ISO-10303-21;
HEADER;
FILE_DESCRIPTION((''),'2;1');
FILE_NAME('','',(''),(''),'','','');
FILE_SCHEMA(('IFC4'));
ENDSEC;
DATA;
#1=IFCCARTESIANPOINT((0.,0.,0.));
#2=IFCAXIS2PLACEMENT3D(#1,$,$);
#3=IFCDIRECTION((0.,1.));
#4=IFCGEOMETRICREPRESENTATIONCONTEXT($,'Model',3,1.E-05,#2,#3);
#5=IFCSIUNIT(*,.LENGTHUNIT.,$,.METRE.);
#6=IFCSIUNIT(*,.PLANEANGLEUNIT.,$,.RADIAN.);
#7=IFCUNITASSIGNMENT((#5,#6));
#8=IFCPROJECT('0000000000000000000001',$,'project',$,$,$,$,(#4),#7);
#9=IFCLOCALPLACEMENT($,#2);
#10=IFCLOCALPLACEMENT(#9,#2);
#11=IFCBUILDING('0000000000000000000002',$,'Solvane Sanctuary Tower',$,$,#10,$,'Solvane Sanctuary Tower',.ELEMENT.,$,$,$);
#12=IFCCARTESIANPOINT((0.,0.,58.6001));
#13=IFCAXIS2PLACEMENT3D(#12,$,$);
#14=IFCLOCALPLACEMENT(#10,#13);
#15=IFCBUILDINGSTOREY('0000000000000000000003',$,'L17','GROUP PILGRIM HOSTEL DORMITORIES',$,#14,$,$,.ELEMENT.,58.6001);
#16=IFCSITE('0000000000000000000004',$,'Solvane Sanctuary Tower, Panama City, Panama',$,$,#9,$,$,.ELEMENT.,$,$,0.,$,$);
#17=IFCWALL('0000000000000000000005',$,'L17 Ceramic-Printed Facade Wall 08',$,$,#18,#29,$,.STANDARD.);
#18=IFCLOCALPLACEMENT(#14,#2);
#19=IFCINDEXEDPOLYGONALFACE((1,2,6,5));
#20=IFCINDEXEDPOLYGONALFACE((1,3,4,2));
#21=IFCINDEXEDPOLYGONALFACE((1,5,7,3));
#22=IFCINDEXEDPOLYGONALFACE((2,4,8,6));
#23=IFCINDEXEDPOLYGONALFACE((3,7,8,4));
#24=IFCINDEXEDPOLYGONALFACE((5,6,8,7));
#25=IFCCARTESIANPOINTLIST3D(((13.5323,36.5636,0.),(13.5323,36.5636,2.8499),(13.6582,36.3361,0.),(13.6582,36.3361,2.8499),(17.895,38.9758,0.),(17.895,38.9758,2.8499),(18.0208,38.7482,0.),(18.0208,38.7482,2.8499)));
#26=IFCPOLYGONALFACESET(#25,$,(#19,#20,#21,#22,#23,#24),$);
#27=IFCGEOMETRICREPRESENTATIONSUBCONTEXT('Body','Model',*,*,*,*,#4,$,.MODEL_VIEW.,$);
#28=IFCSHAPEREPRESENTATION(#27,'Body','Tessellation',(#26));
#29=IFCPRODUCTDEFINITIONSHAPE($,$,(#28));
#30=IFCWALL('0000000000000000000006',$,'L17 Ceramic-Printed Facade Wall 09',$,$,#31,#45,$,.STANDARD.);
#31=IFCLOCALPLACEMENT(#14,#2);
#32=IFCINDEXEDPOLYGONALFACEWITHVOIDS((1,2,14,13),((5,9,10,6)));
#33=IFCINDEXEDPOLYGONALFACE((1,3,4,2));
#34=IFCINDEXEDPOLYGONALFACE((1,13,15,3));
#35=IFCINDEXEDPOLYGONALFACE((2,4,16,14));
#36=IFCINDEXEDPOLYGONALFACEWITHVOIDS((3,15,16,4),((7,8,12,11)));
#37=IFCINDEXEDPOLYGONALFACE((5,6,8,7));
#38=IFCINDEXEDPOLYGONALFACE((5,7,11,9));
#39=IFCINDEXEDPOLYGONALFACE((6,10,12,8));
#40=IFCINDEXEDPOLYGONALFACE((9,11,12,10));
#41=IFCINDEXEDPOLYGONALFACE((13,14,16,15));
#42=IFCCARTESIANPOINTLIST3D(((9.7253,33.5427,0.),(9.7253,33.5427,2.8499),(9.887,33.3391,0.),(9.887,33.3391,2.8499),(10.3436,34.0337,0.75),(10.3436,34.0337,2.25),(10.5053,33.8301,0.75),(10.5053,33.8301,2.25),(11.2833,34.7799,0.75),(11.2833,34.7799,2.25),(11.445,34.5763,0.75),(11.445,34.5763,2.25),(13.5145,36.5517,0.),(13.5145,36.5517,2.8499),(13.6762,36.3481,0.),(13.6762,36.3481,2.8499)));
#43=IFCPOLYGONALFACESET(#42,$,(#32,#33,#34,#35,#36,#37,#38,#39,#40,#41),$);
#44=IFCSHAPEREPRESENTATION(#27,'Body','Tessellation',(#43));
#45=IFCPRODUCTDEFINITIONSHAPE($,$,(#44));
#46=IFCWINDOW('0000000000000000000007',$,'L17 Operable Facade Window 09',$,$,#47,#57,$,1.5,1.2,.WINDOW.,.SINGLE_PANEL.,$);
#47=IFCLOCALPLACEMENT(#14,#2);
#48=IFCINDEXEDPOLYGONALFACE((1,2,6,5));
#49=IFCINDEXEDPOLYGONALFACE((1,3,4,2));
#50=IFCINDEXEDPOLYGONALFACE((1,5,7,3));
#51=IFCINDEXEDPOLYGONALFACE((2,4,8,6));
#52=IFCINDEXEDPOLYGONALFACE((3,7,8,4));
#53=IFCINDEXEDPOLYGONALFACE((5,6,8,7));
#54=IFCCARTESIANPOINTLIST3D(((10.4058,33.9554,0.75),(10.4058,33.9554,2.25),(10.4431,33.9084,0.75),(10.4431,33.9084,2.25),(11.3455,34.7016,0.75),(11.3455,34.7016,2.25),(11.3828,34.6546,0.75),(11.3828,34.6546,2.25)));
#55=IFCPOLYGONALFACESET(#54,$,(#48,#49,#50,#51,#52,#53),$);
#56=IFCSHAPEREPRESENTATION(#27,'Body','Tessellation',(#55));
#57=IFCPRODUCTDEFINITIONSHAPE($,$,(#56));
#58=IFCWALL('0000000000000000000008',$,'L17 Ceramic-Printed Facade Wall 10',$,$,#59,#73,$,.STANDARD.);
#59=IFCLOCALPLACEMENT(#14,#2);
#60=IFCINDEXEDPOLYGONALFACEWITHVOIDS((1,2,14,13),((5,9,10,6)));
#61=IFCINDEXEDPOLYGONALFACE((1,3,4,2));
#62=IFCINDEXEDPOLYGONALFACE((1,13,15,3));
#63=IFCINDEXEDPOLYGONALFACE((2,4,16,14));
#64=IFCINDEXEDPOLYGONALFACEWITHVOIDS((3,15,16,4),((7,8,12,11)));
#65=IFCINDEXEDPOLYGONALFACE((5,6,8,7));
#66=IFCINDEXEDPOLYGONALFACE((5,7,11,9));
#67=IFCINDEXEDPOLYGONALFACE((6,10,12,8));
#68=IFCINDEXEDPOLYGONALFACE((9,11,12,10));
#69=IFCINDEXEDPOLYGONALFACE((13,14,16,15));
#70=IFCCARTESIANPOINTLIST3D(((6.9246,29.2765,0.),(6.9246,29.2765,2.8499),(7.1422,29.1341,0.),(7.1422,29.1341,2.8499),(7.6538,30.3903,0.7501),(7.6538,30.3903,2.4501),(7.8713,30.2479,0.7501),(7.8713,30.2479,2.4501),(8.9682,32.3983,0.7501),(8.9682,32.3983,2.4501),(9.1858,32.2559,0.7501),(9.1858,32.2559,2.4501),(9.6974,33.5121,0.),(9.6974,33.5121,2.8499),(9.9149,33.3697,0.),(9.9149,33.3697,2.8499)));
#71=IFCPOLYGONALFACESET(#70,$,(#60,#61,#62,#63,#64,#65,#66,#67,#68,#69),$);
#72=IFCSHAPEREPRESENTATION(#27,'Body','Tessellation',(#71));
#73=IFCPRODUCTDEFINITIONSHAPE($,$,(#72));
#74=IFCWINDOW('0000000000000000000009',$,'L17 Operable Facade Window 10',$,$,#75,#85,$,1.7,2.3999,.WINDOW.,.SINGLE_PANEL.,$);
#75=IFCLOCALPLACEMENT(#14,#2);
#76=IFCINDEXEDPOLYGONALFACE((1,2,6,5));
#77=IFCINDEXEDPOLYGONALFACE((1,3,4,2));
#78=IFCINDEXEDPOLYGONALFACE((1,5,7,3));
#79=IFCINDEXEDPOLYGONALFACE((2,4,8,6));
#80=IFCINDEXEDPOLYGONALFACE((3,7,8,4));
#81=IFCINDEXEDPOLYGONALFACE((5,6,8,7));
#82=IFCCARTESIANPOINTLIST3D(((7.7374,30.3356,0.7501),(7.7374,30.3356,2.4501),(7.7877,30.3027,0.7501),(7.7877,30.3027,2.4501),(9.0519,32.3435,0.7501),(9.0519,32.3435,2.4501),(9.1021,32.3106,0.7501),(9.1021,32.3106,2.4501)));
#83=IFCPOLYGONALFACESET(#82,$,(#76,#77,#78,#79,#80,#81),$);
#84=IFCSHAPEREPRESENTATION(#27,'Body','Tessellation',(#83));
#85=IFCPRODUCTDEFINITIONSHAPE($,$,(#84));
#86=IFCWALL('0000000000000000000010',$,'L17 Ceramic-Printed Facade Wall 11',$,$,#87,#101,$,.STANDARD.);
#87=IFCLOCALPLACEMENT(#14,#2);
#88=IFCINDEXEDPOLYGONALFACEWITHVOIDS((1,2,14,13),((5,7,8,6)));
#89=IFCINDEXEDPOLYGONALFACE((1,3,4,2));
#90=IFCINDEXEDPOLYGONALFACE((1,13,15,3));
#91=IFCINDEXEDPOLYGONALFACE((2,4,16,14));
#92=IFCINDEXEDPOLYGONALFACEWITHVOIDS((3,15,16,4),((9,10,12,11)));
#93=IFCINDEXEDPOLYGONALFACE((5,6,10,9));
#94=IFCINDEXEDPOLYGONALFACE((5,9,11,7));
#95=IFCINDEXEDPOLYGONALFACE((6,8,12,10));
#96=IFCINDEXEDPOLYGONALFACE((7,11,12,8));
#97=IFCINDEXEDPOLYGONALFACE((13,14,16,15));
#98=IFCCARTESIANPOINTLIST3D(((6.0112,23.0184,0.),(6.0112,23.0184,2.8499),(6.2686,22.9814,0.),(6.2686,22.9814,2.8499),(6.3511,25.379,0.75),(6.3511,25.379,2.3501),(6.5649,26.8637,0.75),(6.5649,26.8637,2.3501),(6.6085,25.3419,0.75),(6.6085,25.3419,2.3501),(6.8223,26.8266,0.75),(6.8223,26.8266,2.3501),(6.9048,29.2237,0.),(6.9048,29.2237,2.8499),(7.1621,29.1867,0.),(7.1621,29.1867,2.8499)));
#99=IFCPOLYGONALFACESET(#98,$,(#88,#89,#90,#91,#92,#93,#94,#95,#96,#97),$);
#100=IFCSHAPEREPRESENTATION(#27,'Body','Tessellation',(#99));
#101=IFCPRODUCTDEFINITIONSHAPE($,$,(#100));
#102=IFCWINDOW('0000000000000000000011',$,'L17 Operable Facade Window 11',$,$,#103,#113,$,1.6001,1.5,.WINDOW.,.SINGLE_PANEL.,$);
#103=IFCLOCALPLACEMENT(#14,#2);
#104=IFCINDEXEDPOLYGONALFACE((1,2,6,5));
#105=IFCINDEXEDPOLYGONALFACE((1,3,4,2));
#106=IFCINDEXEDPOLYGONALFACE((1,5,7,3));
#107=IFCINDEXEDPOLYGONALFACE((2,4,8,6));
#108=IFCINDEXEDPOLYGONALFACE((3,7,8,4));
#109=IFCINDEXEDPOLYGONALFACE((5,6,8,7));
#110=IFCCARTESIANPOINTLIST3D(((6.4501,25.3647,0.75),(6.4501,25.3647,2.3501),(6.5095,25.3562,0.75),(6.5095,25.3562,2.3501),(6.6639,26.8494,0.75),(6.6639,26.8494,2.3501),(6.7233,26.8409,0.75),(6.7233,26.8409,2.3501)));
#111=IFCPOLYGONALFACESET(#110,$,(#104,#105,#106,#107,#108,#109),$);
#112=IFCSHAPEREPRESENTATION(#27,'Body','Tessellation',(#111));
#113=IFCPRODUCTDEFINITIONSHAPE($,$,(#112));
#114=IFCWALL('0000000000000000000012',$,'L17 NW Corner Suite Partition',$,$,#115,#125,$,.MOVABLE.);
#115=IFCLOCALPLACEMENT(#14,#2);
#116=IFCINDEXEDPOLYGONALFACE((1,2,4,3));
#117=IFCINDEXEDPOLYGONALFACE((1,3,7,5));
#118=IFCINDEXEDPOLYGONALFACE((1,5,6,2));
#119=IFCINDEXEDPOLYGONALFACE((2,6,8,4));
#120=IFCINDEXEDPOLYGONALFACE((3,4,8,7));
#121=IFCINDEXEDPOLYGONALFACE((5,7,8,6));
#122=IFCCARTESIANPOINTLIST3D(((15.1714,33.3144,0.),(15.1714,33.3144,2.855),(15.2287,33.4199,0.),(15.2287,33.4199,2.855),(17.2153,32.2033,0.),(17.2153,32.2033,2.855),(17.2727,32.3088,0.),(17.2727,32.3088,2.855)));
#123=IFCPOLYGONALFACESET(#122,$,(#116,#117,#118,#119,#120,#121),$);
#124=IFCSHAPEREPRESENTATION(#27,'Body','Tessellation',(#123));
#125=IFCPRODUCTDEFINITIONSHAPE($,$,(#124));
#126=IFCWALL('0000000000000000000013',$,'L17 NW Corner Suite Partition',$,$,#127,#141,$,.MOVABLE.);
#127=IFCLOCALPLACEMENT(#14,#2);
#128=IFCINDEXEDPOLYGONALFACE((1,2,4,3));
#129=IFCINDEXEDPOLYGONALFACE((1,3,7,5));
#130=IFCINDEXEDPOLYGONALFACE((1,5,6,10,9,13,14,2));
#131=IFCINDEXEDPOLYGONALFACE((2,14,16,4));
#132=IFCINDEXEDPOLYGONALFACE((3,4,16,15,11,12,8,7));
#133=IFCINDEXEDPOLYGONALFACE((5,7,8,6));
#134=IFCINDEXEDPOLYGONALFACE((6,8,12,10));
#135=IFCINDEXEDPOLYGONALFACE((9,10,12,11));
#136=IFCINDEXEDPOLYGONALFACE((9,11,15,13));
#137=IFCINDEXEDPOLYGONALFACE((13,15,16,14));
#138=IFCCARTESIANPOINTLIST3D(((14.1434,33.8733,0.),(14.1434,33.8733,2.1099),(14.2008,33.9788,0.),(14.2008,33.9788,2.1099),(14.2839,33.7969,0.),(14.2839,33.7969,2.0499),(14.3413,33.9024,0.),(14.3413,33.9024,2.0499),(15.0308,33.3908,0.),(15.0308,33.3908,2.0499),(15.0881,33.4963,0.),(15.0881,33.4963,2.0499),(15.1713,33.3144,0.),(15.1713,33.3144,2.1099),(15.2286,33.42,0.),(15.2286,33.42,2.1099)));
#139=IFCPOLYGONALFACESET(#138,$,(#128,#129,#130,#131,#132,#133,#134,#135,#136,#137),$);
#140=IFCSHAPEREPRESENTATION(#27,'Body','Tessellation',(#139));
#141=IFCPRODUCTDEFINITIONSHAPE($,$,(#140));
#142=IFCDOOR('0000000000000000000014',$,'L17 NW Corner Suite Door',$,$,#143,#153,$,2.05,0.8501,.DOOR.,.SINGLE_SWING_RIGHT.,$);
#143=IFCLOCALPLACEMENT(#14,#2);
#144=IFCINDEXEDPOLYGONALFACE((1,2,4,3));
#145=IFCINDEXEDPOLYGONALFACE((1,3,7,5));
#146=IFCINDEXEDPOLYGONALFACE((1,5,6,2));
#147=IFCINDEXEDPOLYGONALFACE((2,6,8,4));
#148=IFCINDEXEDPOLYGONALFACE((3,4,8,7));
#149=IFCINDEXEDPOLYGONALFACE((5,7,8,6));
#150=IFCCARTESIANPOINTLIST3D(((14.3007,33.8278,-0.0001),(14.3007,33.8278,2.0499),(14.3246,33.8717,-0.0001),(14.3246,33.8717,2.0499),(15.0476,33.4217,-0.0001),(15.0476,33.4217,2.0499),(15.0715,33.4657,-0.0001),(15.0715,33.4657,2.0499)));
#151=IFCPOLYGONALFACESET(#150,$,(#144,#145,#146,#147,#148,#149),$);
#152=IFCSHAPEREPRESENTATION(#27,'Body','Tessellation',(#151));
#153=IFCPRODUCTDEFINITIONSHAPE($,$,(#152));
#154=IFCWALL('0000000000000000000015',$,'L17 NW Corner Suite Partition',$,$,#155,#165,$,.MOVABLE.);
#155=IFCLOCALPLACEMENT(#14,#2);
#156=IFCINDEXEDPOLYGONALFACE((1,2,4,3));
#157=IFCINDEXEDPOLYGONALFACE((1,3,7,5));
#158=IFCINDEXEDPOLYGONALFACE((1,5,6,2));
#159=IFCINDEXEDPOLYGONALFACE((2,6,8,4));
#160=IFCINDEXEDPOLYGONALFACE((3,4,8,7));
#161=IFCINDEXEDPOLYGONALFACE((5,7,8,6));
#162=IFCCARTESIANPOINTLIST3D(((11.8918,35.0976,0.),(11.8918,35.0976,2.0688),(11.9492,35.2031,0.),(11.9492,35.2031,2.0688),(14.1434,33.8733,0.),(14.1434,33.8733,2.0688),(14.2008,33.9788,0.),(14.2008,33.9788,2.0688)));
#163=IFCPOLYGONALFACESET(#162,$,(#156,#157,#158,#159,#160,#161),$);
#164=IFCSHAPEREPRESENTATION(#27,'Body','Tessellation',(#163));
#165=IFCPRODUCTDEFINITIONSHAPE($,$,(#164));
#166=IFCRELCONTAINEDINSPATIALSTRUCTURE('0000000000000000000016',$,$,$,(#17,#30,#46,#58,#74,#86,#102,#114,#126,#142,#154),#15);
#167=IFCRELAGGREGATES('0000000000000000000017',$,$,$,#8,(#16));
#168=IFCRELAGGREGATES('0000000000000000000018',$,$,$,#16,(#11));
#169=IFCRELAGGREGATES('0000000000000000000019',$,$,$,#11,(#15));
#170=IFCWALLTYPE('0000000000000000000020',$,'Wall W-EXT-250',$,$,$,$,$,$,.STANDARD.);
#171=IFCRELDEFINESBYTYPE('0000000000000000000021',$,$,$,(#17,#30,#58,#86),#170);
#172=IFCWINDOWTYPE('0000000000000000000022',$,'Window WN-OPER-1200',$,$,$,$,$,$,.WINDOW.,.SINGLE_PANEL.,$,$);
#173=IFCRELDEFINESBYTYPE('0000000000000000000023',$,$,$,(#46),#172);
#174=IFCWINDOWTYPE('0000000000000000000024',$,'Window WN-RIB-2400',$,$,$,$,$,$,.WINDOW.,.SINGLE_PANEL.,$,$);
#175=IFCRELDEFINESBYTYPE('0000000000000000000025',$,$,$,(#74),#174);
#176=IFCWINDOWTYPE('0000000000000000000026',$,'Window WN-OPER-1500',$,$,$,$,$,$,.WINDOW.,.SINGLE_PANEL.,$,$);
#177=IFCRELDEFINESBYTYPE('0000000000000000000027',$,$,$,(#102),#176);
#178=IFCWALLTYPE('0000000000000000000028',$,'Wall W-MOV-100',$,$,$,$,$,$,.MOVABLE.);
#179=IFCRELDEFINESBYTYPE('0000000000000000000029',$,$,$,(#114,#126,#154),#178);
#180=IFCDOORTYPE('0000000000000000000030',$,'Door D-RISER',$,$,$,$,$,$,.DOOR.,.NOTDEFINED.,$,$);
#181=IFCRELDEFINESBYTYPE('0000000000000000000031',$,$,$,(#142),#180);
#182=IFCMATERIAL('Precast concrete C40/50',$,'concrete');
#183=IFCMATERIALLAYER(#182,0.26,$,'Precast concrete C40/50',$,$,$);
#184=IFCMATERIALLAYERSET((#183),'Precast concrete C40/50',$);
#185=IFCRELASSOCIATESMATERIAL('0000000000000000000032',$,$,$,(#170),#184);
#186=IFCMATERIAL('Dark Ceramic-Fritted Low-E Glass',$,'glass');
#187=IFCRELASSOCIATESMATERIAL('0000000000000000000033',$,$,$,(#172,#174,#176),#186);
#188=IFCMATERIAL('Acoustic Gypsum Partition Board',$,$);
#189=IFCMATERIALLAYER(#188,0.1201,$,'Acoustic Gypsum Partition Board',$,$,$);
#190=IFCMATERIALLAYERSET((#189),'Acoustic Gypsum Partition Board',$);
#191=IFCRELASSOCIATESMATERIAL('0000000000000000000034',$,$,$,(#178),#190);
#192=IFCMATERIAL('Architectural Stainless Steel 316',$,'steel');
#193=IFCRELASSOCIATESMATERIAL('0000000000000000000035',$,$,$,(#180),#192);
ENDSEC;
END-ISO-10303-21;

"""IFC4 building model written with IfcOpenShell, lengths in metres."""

from ifc_helpers import new_model, si_unit, direction, frame, frame_2d, origin, place, context, subcontext, project, spatial, rectangle, extrude, material, layer, layer_set, type_object, element, fill, save


model = new_model("IFC4")

# Units and contexts
model_context = context("Model", 3, precision=1e-05, world=origin(), true_north=direction((0.0, 1.0)))
body_context = subcontext(model_context, "Body", "Model", "MODEL_VIEW")
ifc_project = project(units=[si_unit("LENGTHUNIT", "METRE"), si_unit("PLANEANGLEUNIT", "RADIAN")], contexts=[model_context])

# Site, building, storey
site_placement = place(None, origin())
site = spatial("IfcSite", under=ifc_project, at=site_placement, Name="Solvane Sanctuary Tower, Panama City, Panama", CompositionType="ELEMENT", RefElevation=0.0)
building_placement = place(site_placement, origin())
building = spatial("IfcBuilding", under=site, at=building_placement, Name="Solvane Sanctuary Tower", LongName="Solvane Sanctuary Tower", CompositionType="ELEMENT")
storey_placement = place(building_placement, frame((0.0, 0.0, 58.6001)))
storey = spatial("IfcBuildingStorey", under=building, at=storey_placement, Name="L17", Description="GROUP PILGRIM HOSTEL DORMITORIES", CompositionType="ELEMENT", Elevation=58.6001)

# Shared definitions
ifc_material_1 = material(Name="Acoustic Gypsum Partition Board")

# Wall
ifc_material_2 = material(Name="Precast concrete C40/50", Category="concrete")
ifc_layer_1 = layer(ifc_material_2, 0.26, Name="Precast concrete C40/50")
ifc_layer_set_1 = layer_set([ifc_layer_1], Name="Precast concrete C40/50")
wall_type_1 = type_object("IfcWallType", Name="Wall W-EXT-250", PredefinedType="STANDARD", material=ifc_layer_set_1)
wall_1_placement = place(storey_placement, frame((17.958, 38.8621, 0.0), z_axis=(0.0, 0.0, 1.0), x_axis=(-0.875137, -0.483875, 0.0)))
element("IfcWall", 1, at=wall_1_placement, inside=storey, type_object=wall_type_1, Name="L17 Ceramic-Printed Facade Wall 08", PredefinedType="STANDARD", context=body_context, shape_type="SweptSolid", body=[
    extrude(rectangle(XDim=4.9851, YDim=0.26, at=frame_2d((2.4927, 0.0))), origin(), (0.0, 0.0, 1.0), 2.8499),
])

# Walls, openings, windows
wall_2_placement = place(storey_placement, frame((13.5955, 36.45, 0.0), z_axis=(0.0, 0.0, 1.0), x_axis=(-0.783123, -0.621867, 0.0)))
wall_2 = element("IfcWall", 2, at=wall_2_placement, inside=storey, type_object=wall_type_1, Name="L17 Ceramic-Printed Facade Wall 09", PredefinedType="STANDARD", context=body_context, shape_type="SweptSolid", body=[
    extrude(rectangle(XDim=4.8386, YDim=0.26, at=frame_2d((2.4194, 0.0))), origin(), (0.0, 0.0, 1.0), 2.8499),
])
opening_1_placement = place(wall_2_placement, frame((2.8491, 0.0, 0.75)))
opening_1 = element("IfcOpeningElement", 3, at=opening_1_placement, cuts=wall_2, PredefinedType="OPENING", context=body_context, shape_type="SweptSolid", body=[
    extrude(rectangle(XDim=1.2, YDim=1.5, at=frame_2d((0.6001, 0.75))), frame((0.0, 0.1399, 0.0), z_axis=(0.0, -1.0, 0.0), x_axis=(1.0, 0.0, 0.0)), (0.0, 0.0, 1.0), 0.28),
])
ifc_material_3 = material(Name="Dark Ceramic-Fritted Low-E Glass", Category="glass")
window_type_1 = type_object("IfcWindowType", Name="Window WN-OPER-1200", PartitioningType="SINGLE_PANEL", PredefinedType="WINDOW", material=ifc_material_3)
window_1_placement = place(opening_1_placement, origin())
window_1 = element("IfcWindow", 4, at=window_1_placement, inside=storey, type_object=window_type_1, Name="L17 Operable Facade Window 09", OverallHeight=1.5, OverallWidth=1.2, PartitioningType="SINGLE_PANEL", PredefinedType="WINDOW", context=body_context, shape_type="SweptSolid", body=[
    extrude(rectangle(XDim=1.2, YDim=1.5, at=frame_2d((0.6001, 0.75))), frame((0.0, 0.03, 0.0), z_axis=(0.0, -1.0, 0.0), x_axis=(1.0, 0.0, 0.0)), (0.0, 0.0, 1.0), 0.0601),
])
fill(opening_1, window_1)
wall_3_placement = place(storey_placement, frame((9.8062, 33.4409, 0.0), z_axis=(0.0, 0.0, 1.0), x_axis=(-0.547703, -0.836673, 0.0)))
wall_3 = element("IfcWall", 5, at=wall_3_placement, inside=storey, type_object=wall_type_1, Name="L17 Ceramic-Printed Facade Wall 10", PredefinedType="STANDARD", context=body_context, shape_type="SweptSolid", body=[
    extrude(rectangle(XDim=5.0625, YDim=0.26, at=frame_2d((2.5312, 0.0))), origin(), (0.0, 0.0, 1.0), 2.8499),
])
opening_2_placement = place(wall_3_placement, frame((1.3313, 0.0, 0.75)))
opening_2 = element("IfcOpeningElement", 6, at=opening_2_placement, cuts=wall_3, PredefinedType="OPENING", context=body_context, shape_type="SweptSolid", body=[
    extrude(rectangle(XDim=2.3999, YDim=1.7, at=frame_2d((1.2, 0.8501))), frame((0.0, 0.1399, 0.0), z_axis=(0.0, -1.0, 0.0), x_axis=(1.0, 0.0, 0.0)), (0.0, 0.0, 1.0), 0.28),
])
window_type_2 = type_object("IfcWindowType", Name="Window WN-RIB-2400", PartitioningType="SINGLE_PANEL", PredefinedType="WINDOW", material=ifc_material_3)
window_2_placement = place(opening_2_placement, origin())
window_2 = element("IfcWindow", 7, at=window_2_placement, inside=storey, type_object=window_type_2, Name="L17 Operable Facade Window 10", OverallHeight=1.7, OverallWidth=2.3999, PartitioningType="SINGLE_PANEL", PredefinedType="WINDOW", context=body_context, shape_type="SweptSolid", body=[
    extrude(rectangle(XDim=2.3999, YDim=1.7, at=frame_2d((1.2, 0.8501))), frame((0.0, 0.03, 0.0), z_axis=(0.0, -1.0, 0.0), x_axis=(1.0, 0.0, 0.0)), (0.0, 0.0, 1.0), 0.0601),
])
fill(opening_2, window_2)
wall_4_placement = place(storey_placement, frame((7.0334, 29.2053, 0.0), z_axis=(0.0, 0.0, 1.0), x_axis=(-0.142528, -0.989791, 0.0)))
wall_4 = element("IfcWall", 8, at=wall_4_placement, inside=storey, type_object=wall_type_1, Name="L17 Ceramic-Printed Facade Wall 11", PredefinedType="STANDARD", context=body_context, shape_type="SweptSolid", body=[
    extrude(rectangle(XDim=6.2693, YDim=0.26, at=frame_2d((3.1348, 0.0))), origin(), (0.0, 0.0, 1.0), 2.8499),
])
opening_3_placement = place(wall_4_placement, frame((2.3845, 0.0, 0.75)))
opening_3 = element("IfcOpeningElement", 9, at=opening_3_placement, cuts=wall_4, PredefinedType="OPENING", context=body_context, shape_type="SweptSolid", body=[
    extrude(rectangle(XDim=1.5, YDim=1.6001, at=frame_2d((0.75, 0.8))), frame((0.0, 0.1399, 0.0), z_axis=(0.0, -1.0, 0.0), x_axis=(1.0, 0.0, 0.0)), (0.0, 0.0, 1.0), 0.28),
])
window_type_3 = type_object("IfcWindowType", Name="Window WN-OPER-1500", PartitioningType="SINGLE_PANEL", PredefinedType="WINDOW", material=ifc_material_3)
window_3_placement = place(opening_3_placement, origin())
window_3 = element("IfcWindow", 10, at=window_3_placement, inside=storey, type_object=window_type_3, Name="L17 Operable Facade Window 11", OverallHeight=1.6001, OverallWidth=1.5, PartitioningType="SINGLE_PANEL", PredefinedType="WINDOW", context=body_context, shape_type="SweptSolid", body=[
    extrude(rectangle(XDim=1.5, YDim=1.6001, at=frame_2d((0.75, 0.8))), frame((0.0, 0.03, 0.0), z_axis=(0.0, -1.0, 0.0), x_axis=(1.0, 0.0, 0.0)), (0.0, 0.0, 1.0), 0.0601),
])
fill(opening_3, window_3)

# Wall
ifc_layer_2 = layer(ifc_material_1, 0.1201, Name="Acoustic Gypsum Partition Board")
ifc_layer_set_2 = layer_set([ifc_layer_2], Name="Acoustic Gypsum Partition Board")
wall_type_2 = type_object("IfcWallType", Name="Wall W-MOV-100", PredefinedType="MOVABLE", material=ifc_layer_set_2)
wall_5_placement = place(storey_placement, frame((17.2439, 32.2561, 0.0), z_axis=(0.0, 0.0, 1.0), x_axis=(-0.87858, 0.477594, 0.0)))
element("IfcWall", 11, at=wall_5_placement, inside=storey, type_object=wall_type_2, Name="L17 NW Corner Suite Partition", PredefinedType="MOVABLE", context=body_context, shape_type="SweptSolid", body=[
    extrude(rectangle(XDim=2.3264, YDim=0.1201, at=frame_2d((1.1631, 0.0))), origin(), (0.0, 0.0, 1.0), 2.855),
])

# Wall, opening, door
wall_6_placement = place(storey_placement, frame((15.2, 33.3672, 0.0), z_axis=(0.0, 0.0, 1.0), x_axis=(-0.878541, 0.477667, 0.0)))
wall_6 = element("IfcWall", 12, at=wall_6_placement, inside=storey, type_object=wall_type_2, Name="L17 NW Corner Suite Partition", PredefinedType="MOVABLE", context=body_context, shape_type="SweptSolid", body=[
    extrude(rectangle(XDim=1.1699, YDim=0.1201, at=frame_2d((0.585, 0.0))), origin(), (0.0, 0.0, 1.0), 2.1099),
])
opening_4_placement = place(wall_6_placement, frame((0.1599, 0.0, 0.0)))
opening_4 = element("IfcOpeningElement", 13, at=opening_4_placement, cuts=wall_6, PredefinedType="OPENING", context=body_context, shape_type="SweptSolid", body=[
    extrude(rectangle(XDim=0.8501, YDim=2.05, at=frame_2d((0.425, 1.0249))), frame((0.0, 0.0701, 0.0), z_axis=(0.0, -1.0, 0.0), x_axis=(1.0, 0.0, 0.0)), (0.0, 0.0, 1.0), 0.1401),
])
ifc_material_4 = material(Name="Architectural Stainless Steel 316", Category="steel")
door_type_1 = type_object("IfcDoorType", Name="Door D-RISER", OperationType="NOTDEFINED", PredefinedType="DOOR", material=ifc_material_4)
door_1_placement = place(opening_4_placement, origin())
door_1 = element("IfcDoor", 14, at=door_1_placement, inside=storey, type_object=door_type_1, Name="L17 NW Corner Suite Door", OperationType="SINGLE_SWING_RIGHT", OverallHeight=2.05, OverallWidth=0.8501, PredefinedType="DOOR", context=body_context, shape_type="SweptSolid", body=[
    extrude(rectangle(XDim=0.8501, YDim=2.05, at=frame_2d((0.425, 1.0249))), frame((0.0, 0.0249, 0.0), z_axis=(0.0, -1.0, 0.0), x_axis=(1.0, 0.0, 0.0)), (0.0, 0.0, 1.0), 0.05),
])
fill(opening_4, door_1)

# Wall
wall_7_placement = place(storey_placement, frame((14.1721, 33.926, 0.0), z_axis=(0.0, 0.0, 1.0), x_axis=(-0.878525, 0.477697, 0.0)))
element("IfcWall", 15, at=wall_7_placement, inside=storey, type_object=wall_type_2, Name="L17 NW Corner Suite Partition", PredefinedType="MOVABLE", context=body_context, shape_type="SweptSolid", body=[
    extrude(rectangle(XDim=2.563, YDim=0.1201, at=frame_2d((1.2815, 0.0))), origin(), (0.0, 0.0, 1.0), 2.0688),
])

save(model, "model.ifc")
